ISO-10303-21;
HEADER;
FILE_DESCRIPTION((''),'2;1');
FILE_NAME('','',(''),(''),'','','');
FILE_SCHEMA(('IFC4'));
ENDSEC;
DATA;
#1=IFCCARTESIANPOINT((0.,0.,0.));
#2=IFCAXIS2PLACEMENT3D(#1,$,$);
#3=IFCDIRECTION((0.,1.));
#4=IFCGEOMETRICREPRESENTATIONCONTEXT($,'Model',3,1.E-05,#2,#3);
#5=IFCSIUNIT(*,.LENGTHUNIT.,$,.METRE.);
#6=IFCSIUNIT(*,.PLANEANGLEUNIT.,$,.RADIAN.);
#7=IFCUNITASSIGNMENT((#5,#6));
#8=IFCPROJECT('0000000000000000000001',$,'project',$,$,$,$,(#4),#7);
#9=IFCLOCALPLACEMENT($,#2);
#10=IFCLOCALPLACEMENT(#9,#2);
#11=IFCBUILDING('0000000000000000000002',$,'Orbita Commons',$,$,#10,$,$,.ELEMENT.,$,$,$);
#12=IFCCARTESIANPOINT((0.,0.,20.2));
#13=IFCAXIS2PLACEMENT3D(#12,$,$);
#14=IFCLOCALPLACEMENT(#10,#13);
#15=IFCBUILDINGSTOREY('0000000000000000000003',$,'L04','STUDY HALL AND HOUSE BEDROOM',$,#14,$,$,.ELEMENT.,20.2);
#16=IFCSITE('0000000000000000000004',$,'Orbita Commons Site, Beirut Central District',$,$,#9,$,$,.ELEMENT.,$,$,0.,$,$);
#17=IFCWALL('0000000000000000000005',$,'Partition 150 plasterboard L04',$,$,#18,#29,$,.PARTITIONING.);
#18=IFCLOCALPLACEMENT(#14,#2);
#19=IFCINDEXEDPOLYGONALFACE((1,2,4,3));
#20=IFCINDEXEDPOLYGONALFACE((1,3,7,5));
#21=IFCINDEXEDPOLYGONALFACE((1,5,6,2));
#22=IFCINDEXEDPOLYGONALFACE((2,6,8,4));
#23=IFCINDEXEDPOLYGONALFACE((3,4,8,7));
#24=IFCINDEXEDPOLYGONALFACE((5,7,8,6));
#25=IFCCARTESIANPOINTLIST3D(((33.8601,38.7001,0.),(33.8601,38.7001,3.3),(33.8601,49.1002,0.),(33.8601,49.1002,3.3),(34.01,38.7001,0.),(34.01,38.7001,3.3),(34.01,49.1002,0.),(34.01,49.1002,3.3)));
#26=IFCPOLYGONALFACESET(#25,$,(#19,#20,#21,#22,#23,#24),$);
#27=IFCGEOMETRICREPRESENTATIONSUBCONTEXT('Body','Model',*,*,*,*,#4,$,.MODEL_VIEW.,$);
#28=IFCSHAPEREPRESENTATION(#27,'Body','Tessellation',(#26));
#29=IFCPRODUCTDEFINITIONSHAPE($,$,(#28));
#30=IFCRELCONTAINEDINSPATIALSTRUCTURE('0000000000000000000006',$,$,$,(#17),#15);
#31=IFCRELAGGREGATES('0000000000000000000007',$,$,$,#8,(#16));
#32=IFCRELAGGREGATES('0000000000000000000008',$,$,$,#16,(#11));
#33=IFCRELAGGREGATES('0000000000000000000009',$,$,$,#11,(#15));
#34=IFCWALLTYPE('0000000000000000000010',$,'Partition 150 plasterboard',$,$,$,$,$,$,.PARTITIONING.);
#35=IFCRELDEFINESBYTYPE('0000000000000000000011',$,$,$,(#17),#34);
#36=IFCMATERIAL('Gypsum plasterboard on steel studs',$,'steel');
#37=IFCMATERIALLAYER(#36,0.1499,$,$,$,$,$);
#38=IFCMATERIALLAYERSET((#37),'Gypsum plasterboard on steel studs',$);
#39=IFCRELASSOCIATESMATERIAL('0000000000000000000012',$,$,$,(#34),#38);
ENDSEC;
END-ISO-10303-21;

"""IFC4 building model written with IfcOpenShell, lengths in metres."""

from ifc_helpers import new_model, si_unit, direction, frame, frame_2d, origin, place, context, subcontext, project, spatial, rectangle, extrude, material, layer, layer_set, type_object, element, save


model = new_model("IFC4")

# Units and contexts
model_context = context("Model", 3, precision=1e-05, world=origin(), true_north=direction((0.0, 1.0)))
body_context = subcontext(model_context, "Body", "Model", "MODEL_VIEW")
ifc_project = project(units=[si_unit("LENGTHUNIT", "METRE"), si_unit("PLANEANGLEUNIT", "RADIAN")], contexts=[model_context])

# Site, building, storey
site_placement = place(None, origin())
site = spatial("IfcSite", under=ifc_project, at=site_placement, Name="Orbita Commons Site, Beirut Central District", CompositionType="ELEMENT", RefElevation=0.0)
building_placement = place(site_placement, origin())
building = spatial("IfcBuilding", under=site, at=building_placement, Name="Orbita Commons", CompositionType="ELEMENT")
storey_placement = place(building_placement, frame((0.0, 0.0, 20.2)))
storey = spatial("IfcBuildingStorey", under=building, at=storey_placement, Name="L04", Description="STUDY HALL AND HOUSE BEDROOM", CompositionType="ELEMENT", Elevation=20.2)

# Wall
ifc_material_1 = material(Name="Gypsum plasterboard on steel studs", Category="steel")
ifc_layer_1 = layer(ifc_material_1, 0.1499)
ifc_layer_set_1 = layer_set([ifc_layer_1], Name="Gypsum plasterboard on steel studs")
wall_type_1 = type_object("IfcWallType", Name="Partition 150 plasterboard", PredefinedType="PARTITIONING", material=ifc_layer_set_1)
for number, where, z_axis, x_axis, name in (
    (1, (33.9351, 38.7, 0.0), (0.0, 0.0, 1.0), (0.0, 1.0, 0.0), "Partition 150 plasterboard L04"),
):
    element("IfcWall", number, at=place(storey_placement, frame(where, z_axis=z_axis, x_axis=x_axis)), inside=storey, type_object=wall_type_1, Name=name, PredefinedType="PARTITIONING", context=body_context, shape_type="SweptSolid", body=[
        extrude(rectangle(XDim=10.4001, YDim=0.1499, at=frame_2d((5.2002, 0.0))), origin(), (0.0, 0.0, 1.0), 3.3),
    ])

save(model, "model.ifc")
